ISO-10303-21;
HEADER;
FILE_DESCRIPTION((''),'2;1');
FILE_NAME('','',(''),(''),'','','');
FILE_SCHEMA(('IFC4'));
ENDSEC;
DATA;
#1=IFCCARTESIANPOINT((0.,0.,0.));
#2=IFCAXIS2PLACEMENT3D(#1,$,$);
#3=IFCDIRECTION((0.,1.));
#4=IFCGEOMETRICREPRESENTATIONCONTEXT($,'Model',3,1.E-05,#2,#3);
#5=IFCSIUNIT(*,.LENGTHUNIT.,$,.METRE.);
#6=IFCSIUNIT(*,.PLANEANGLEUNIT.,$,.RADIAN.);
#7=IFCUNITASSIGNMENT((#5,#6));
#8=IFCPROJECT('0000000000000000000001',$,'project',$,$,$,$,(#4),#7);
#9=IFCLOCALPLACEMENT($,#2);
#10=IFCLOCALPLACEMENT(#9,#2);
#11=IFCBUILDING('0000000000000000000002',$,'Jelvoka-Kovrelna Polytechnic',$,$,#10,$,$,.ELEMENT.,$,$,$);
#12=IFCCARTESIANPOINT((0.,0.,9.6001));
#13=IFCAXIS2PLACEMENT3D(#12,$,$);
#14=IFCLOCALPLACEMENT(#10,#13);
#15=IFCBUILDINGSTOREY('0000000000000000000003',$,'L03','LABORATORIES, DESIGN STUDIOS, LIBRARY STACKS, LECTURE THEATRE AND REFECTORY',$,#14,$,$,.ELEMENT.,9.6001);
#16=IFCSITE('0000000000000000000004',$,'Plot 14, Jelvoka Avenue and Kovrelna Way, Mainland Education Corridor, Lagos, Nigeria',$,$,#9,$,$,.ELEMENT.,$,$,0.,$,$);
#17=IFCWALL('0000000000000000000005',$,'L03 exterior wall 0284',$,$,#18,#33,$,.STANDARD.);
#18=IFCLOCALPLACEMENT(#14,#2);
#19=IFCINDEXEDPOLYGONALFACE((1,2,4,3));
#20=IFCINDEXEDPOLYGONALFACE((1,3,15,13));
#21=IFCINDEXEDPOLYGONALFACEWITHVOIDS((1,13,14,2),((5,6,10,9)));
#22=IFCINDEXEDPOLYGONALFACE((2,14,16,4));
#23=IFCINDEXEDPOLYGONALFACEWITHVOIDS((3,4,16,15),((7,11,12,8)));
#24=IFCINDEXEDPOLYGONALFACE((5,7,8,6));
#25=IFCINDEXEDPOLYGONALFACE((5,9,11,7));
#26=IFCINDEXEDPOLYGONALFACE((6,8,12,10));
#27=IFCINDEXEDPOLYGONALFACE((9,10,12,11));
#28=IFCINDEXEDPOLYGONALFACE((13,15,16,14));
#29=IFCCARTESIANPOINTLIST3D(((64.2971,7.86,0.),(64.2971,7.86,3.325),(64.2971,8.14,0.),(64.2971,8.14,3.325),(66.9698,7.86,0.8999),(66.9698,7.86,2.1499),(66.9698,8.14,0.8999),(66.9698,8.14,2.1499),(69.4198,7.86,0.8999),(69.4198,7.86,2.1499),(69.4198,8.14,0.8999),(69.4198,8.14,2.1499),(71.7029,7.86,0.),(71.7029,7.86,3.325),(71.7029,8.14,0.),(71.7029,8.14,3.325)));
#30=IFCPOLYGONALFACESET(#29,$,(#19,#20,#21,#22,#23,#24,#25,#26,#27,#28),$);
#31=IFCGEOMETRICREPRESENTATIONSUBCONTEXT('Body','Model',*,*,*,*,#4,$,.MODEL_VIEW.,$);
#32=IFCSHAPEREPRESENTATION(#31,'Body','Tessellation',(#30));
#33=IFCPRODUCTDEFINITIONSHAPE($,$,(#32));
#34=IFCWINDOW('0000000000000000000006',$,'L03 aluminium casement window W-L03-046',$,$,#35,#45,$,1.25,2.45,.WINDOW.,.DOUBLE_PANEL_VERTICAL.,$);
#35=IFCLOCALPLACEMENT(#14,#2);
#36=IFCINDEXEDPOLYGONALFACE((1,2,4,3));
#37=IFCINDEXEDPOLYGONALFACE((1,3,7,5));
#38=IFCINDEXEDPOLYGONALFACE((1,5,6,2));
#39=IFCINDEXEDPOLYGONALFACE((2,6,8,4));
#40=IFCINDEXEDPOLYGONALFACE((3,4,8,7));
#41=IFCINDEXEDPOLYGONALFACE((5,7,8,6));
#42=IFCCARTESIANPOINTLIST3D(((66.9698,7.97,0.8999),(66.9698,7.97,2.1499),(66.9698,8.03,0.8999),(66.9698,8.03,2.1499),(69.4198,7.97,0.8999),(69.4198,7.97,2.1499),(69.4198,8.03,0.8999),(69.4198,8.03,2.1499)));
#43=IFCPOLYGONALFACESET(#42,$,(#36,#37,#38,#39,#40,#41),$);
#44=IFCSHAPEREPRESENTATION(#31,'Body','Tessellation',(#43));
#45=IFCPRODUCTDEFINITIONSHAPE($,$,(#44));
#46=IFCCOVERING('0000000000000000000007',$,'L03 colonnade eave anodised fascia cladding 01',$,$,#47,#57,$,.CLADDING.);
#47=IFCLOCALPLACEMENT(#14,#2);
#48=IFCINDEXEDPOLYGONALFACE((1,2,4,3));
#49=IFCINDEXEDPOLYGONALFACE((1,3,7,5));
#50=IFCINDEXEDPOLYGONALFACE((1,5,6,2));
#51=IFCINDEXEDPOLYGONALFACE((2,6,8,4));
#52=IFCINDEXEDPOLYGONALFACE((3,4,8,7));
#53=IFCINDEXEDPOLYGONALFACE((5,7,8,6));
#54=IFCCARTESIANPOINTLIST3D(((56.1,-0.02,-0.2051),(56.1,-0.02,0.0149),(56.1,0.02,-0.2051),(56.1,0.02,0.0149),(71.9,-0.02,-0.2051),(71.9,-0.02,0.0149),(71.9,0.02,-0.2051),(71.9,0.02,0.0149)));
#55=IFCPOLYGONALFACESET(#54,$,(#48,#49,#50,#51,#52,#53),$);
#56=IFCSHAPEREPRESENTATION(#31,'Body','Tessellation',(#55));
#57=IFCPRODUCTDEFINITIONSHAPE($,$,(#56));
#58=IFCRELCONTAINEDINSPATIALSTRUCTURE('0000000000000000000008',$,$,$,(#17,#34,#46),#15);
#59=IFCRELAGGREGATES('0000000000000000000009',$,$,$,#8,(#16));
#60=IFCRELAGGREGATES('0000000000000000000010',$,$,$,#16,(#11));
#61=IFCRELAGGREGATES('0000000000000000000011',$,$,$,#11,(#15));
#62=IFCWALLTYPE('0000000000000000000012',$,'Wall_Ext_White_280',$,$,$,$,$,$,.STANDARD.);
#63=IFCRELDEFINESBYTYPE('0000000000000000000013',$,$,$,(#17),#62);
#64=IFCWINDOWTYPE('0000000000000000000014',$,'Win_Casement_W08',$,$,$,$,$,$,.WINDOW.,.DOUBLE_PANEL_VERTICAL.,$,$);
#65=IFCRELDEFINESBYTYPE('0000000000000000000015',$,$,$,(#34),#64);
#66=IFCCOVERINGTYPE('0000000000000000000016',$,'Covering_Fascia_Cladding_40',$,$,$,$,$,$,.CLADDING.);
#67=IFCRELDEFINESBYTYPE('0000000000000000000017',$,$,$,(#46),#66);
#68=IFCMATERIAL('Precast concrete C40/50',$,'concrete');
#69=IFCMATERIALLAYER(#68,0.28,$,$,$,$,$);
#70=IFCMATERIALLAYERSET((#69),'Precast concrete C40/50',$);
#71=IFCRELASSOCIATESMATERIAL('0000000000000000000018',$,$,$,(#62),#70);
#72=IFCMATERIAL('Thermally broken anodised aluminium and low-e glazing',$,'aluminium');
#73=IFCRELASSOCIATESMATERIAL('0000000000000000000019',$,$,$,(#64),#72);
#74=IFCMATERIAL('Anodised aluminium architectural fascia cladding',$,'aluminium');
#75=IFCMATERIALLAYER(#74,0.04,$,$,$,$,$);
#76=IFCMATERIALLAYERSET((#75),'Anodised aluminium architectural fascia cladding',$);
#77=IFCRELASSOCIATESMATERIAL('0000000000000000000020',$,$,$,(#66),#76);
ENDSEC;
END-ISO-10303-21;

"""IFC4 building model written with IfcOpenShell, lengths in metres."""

from ifc_helpers import new_model, si_unit, direction, frame, frame_2d, origin, origin_2d, place, context, subcontext, project, spatial, rectangle, extrude, material, layer, layer_set, type_object, element, fill, save


model = new_model("IFC4")

# Units and contexts
model_context = context("Model", 3, precision=1e-05, world=origin(), true_north=direction((0.0, 1.0)))
body_context = subcontext(model_context, "Body", "Model", "MODEL_VIEW")
ifc_project = project(units=[si_unit("LENGTHUNIT", "METRE"), si_unit("PLANEANGLEUNIT", "RADIAN")], contexts=[model_context])

# Site, building, storey
site_placement = place(None, origin())
site = spatial("IfcSite", under=ifc_project, at=site_placement, Name="Plot 14, Jelvoka Avenue and Kovrelna Way, Mainland Education Corridor, Lagos, Nigeria", CompositionType="ELEMENT", RefElevation=0.0)
building_placement = place(site_placement, origin())
building = spatial("IfcBuilding", under=site, at=building_placement, Name="Jelvoka-Kovrelna Polytechnic", CompositionType="ELEMENT")
storey_placement = place(building_placement, frame((0.0, 0.0, 9.6001)))
storey = spatial("IfcBuildingStorey", under=building, at=storey_placement, Name="L03", Description="LABORATORIES, DESIGN STUDIOS, LIBRARY STACKS, LECTURE THEATRE AND REFECTORY", CompositionType="ELEMENT", Elevation=9.6001)

# Wall, opening, window
ifc_material_1 = material(Name="Precast concrete C40/50", Category="concrete")
ifc_layer_1 = layer(ifc_material_1, 0.28)
ifc_layer_set_1 = layer_set([ifc_layer_1], Name="Precast concrete C40/50")
wall_type = type_object("IfcWallType", Name="Wall_Ext_White_280", PredefinedType="STANDARD", material=ifc_layer_set_1)
wall_1_placement = place(storey_placement, frame((71.7029, 8.0, 0.0), z_axis=(0.0, 0.0, 1.0), x_axis=(-1.0, 0.0, 0.0)))
wall_1 = element("IfcWall", 1, at=wall_1_placement, inside=storey, type_object=wall_type, Name="L03 exterior wall 0284", PredefinedType="STANDARD", context=body_context, shape_type="SweptSolid", body=[
    extrude(rectangle(XDim=7.4058, YDim=0.28, at=frame_2d((3.7029, 0.0))), origin(), (0.0, 0.0, 1.0), 3.325),
])
opening_1_placement = place(wall_1_placement, frame((2.283, 0.0, 0.8999)))
opening_1 = element("IfcOpeningElement", 2, at=opening_1_placement, cuts=wall_1, PredefinedType="OPENING", context=body_context, shape_type="SweptSolid", body=[
    extrude(rectangle(XDim=2.45, YDim=1.25, at=frame_2d((1.2251, 0.625))), frame((0.0, 0.1501, 0.0), z_axis=(0.0, -1.0, 0.0), x_axis=(1.0, 0.0, 0.0)), (0.0, 0.0, 1.0), 0.3),
])
ifc_material_2 = material(Name="Thermally broken anodised aluminium and low-e glazing", Category="aluminium")
window_type_1 = type_object("IfcWindowType", Name="Win_Casement_W08", PartitioningType="DOUBLE_PANEL_VERTICAL", PredefinedType="WINDOW", material=ifc_material_2)
window_1_placement = place(opening_1_placement, origin())
window_1 = element("IfcWindow", 3, at=window_1_placement, inside=storey, type_object=window_type_1, Name="L03 aluminium casement window W-L03-046", OverallHeight=1.25, OverallWidth=2.45, PartitioningType="DOUBLE_PANEL_VERTICAL", PredefinedType="WINDOW", context=body_context, shape_type="SweptSolid", body=[
    extrude(rectangle(XDim=2.45, YDim=1.25, at=frame_2d((1.2251, 0.625))), frame((0.0, 0.03, 0.0), z_axis=(0.0, -1.0, 0.0), x_axis=(1.0, 0.0, 0.0)), (0.0, 0.0, 1.0), 0.0601),
])
fill(opening_1, window_1)

# Covering
ifc_material_3 = material(Name="Anodised aluminium architectural fascia cladding", Category="aluminium")
ifc_layer_2 = layer(ifc_material_3, 0.04)
ifc_layer_set_2 = layer_set([ifc_layer_2], Name="Anodised aluminium architectural fascia cladding")
covering_type = type_object("IfcCoveringType", Name="Covering_Fascia_Cladding_40", PredefinedType="CLADDING", material=ifc_layer_set_2)
covering_placement = place(storey_placement, frame((64.0, 0.0, -0.2051), z_axis=(0.0, 0.0, 1.0), x_axis=(1.0, 0.0, 0.0)))
element("IfcCovering", 4, at=covering_placement, inside=storey, type_object=covering_type, Name="L03 colonnade eave anodised fascia cladding 01", PredefinedType="CLADDING", context=body_context, shape_type="SweptSolid", body=[
    extrude(rectangle(XDim=15.8, YDim=0.04, at=origin_2d()), origin(), (0.0, 0.0, 1.0), 0.22),
])

save(model, "model.ifc")
